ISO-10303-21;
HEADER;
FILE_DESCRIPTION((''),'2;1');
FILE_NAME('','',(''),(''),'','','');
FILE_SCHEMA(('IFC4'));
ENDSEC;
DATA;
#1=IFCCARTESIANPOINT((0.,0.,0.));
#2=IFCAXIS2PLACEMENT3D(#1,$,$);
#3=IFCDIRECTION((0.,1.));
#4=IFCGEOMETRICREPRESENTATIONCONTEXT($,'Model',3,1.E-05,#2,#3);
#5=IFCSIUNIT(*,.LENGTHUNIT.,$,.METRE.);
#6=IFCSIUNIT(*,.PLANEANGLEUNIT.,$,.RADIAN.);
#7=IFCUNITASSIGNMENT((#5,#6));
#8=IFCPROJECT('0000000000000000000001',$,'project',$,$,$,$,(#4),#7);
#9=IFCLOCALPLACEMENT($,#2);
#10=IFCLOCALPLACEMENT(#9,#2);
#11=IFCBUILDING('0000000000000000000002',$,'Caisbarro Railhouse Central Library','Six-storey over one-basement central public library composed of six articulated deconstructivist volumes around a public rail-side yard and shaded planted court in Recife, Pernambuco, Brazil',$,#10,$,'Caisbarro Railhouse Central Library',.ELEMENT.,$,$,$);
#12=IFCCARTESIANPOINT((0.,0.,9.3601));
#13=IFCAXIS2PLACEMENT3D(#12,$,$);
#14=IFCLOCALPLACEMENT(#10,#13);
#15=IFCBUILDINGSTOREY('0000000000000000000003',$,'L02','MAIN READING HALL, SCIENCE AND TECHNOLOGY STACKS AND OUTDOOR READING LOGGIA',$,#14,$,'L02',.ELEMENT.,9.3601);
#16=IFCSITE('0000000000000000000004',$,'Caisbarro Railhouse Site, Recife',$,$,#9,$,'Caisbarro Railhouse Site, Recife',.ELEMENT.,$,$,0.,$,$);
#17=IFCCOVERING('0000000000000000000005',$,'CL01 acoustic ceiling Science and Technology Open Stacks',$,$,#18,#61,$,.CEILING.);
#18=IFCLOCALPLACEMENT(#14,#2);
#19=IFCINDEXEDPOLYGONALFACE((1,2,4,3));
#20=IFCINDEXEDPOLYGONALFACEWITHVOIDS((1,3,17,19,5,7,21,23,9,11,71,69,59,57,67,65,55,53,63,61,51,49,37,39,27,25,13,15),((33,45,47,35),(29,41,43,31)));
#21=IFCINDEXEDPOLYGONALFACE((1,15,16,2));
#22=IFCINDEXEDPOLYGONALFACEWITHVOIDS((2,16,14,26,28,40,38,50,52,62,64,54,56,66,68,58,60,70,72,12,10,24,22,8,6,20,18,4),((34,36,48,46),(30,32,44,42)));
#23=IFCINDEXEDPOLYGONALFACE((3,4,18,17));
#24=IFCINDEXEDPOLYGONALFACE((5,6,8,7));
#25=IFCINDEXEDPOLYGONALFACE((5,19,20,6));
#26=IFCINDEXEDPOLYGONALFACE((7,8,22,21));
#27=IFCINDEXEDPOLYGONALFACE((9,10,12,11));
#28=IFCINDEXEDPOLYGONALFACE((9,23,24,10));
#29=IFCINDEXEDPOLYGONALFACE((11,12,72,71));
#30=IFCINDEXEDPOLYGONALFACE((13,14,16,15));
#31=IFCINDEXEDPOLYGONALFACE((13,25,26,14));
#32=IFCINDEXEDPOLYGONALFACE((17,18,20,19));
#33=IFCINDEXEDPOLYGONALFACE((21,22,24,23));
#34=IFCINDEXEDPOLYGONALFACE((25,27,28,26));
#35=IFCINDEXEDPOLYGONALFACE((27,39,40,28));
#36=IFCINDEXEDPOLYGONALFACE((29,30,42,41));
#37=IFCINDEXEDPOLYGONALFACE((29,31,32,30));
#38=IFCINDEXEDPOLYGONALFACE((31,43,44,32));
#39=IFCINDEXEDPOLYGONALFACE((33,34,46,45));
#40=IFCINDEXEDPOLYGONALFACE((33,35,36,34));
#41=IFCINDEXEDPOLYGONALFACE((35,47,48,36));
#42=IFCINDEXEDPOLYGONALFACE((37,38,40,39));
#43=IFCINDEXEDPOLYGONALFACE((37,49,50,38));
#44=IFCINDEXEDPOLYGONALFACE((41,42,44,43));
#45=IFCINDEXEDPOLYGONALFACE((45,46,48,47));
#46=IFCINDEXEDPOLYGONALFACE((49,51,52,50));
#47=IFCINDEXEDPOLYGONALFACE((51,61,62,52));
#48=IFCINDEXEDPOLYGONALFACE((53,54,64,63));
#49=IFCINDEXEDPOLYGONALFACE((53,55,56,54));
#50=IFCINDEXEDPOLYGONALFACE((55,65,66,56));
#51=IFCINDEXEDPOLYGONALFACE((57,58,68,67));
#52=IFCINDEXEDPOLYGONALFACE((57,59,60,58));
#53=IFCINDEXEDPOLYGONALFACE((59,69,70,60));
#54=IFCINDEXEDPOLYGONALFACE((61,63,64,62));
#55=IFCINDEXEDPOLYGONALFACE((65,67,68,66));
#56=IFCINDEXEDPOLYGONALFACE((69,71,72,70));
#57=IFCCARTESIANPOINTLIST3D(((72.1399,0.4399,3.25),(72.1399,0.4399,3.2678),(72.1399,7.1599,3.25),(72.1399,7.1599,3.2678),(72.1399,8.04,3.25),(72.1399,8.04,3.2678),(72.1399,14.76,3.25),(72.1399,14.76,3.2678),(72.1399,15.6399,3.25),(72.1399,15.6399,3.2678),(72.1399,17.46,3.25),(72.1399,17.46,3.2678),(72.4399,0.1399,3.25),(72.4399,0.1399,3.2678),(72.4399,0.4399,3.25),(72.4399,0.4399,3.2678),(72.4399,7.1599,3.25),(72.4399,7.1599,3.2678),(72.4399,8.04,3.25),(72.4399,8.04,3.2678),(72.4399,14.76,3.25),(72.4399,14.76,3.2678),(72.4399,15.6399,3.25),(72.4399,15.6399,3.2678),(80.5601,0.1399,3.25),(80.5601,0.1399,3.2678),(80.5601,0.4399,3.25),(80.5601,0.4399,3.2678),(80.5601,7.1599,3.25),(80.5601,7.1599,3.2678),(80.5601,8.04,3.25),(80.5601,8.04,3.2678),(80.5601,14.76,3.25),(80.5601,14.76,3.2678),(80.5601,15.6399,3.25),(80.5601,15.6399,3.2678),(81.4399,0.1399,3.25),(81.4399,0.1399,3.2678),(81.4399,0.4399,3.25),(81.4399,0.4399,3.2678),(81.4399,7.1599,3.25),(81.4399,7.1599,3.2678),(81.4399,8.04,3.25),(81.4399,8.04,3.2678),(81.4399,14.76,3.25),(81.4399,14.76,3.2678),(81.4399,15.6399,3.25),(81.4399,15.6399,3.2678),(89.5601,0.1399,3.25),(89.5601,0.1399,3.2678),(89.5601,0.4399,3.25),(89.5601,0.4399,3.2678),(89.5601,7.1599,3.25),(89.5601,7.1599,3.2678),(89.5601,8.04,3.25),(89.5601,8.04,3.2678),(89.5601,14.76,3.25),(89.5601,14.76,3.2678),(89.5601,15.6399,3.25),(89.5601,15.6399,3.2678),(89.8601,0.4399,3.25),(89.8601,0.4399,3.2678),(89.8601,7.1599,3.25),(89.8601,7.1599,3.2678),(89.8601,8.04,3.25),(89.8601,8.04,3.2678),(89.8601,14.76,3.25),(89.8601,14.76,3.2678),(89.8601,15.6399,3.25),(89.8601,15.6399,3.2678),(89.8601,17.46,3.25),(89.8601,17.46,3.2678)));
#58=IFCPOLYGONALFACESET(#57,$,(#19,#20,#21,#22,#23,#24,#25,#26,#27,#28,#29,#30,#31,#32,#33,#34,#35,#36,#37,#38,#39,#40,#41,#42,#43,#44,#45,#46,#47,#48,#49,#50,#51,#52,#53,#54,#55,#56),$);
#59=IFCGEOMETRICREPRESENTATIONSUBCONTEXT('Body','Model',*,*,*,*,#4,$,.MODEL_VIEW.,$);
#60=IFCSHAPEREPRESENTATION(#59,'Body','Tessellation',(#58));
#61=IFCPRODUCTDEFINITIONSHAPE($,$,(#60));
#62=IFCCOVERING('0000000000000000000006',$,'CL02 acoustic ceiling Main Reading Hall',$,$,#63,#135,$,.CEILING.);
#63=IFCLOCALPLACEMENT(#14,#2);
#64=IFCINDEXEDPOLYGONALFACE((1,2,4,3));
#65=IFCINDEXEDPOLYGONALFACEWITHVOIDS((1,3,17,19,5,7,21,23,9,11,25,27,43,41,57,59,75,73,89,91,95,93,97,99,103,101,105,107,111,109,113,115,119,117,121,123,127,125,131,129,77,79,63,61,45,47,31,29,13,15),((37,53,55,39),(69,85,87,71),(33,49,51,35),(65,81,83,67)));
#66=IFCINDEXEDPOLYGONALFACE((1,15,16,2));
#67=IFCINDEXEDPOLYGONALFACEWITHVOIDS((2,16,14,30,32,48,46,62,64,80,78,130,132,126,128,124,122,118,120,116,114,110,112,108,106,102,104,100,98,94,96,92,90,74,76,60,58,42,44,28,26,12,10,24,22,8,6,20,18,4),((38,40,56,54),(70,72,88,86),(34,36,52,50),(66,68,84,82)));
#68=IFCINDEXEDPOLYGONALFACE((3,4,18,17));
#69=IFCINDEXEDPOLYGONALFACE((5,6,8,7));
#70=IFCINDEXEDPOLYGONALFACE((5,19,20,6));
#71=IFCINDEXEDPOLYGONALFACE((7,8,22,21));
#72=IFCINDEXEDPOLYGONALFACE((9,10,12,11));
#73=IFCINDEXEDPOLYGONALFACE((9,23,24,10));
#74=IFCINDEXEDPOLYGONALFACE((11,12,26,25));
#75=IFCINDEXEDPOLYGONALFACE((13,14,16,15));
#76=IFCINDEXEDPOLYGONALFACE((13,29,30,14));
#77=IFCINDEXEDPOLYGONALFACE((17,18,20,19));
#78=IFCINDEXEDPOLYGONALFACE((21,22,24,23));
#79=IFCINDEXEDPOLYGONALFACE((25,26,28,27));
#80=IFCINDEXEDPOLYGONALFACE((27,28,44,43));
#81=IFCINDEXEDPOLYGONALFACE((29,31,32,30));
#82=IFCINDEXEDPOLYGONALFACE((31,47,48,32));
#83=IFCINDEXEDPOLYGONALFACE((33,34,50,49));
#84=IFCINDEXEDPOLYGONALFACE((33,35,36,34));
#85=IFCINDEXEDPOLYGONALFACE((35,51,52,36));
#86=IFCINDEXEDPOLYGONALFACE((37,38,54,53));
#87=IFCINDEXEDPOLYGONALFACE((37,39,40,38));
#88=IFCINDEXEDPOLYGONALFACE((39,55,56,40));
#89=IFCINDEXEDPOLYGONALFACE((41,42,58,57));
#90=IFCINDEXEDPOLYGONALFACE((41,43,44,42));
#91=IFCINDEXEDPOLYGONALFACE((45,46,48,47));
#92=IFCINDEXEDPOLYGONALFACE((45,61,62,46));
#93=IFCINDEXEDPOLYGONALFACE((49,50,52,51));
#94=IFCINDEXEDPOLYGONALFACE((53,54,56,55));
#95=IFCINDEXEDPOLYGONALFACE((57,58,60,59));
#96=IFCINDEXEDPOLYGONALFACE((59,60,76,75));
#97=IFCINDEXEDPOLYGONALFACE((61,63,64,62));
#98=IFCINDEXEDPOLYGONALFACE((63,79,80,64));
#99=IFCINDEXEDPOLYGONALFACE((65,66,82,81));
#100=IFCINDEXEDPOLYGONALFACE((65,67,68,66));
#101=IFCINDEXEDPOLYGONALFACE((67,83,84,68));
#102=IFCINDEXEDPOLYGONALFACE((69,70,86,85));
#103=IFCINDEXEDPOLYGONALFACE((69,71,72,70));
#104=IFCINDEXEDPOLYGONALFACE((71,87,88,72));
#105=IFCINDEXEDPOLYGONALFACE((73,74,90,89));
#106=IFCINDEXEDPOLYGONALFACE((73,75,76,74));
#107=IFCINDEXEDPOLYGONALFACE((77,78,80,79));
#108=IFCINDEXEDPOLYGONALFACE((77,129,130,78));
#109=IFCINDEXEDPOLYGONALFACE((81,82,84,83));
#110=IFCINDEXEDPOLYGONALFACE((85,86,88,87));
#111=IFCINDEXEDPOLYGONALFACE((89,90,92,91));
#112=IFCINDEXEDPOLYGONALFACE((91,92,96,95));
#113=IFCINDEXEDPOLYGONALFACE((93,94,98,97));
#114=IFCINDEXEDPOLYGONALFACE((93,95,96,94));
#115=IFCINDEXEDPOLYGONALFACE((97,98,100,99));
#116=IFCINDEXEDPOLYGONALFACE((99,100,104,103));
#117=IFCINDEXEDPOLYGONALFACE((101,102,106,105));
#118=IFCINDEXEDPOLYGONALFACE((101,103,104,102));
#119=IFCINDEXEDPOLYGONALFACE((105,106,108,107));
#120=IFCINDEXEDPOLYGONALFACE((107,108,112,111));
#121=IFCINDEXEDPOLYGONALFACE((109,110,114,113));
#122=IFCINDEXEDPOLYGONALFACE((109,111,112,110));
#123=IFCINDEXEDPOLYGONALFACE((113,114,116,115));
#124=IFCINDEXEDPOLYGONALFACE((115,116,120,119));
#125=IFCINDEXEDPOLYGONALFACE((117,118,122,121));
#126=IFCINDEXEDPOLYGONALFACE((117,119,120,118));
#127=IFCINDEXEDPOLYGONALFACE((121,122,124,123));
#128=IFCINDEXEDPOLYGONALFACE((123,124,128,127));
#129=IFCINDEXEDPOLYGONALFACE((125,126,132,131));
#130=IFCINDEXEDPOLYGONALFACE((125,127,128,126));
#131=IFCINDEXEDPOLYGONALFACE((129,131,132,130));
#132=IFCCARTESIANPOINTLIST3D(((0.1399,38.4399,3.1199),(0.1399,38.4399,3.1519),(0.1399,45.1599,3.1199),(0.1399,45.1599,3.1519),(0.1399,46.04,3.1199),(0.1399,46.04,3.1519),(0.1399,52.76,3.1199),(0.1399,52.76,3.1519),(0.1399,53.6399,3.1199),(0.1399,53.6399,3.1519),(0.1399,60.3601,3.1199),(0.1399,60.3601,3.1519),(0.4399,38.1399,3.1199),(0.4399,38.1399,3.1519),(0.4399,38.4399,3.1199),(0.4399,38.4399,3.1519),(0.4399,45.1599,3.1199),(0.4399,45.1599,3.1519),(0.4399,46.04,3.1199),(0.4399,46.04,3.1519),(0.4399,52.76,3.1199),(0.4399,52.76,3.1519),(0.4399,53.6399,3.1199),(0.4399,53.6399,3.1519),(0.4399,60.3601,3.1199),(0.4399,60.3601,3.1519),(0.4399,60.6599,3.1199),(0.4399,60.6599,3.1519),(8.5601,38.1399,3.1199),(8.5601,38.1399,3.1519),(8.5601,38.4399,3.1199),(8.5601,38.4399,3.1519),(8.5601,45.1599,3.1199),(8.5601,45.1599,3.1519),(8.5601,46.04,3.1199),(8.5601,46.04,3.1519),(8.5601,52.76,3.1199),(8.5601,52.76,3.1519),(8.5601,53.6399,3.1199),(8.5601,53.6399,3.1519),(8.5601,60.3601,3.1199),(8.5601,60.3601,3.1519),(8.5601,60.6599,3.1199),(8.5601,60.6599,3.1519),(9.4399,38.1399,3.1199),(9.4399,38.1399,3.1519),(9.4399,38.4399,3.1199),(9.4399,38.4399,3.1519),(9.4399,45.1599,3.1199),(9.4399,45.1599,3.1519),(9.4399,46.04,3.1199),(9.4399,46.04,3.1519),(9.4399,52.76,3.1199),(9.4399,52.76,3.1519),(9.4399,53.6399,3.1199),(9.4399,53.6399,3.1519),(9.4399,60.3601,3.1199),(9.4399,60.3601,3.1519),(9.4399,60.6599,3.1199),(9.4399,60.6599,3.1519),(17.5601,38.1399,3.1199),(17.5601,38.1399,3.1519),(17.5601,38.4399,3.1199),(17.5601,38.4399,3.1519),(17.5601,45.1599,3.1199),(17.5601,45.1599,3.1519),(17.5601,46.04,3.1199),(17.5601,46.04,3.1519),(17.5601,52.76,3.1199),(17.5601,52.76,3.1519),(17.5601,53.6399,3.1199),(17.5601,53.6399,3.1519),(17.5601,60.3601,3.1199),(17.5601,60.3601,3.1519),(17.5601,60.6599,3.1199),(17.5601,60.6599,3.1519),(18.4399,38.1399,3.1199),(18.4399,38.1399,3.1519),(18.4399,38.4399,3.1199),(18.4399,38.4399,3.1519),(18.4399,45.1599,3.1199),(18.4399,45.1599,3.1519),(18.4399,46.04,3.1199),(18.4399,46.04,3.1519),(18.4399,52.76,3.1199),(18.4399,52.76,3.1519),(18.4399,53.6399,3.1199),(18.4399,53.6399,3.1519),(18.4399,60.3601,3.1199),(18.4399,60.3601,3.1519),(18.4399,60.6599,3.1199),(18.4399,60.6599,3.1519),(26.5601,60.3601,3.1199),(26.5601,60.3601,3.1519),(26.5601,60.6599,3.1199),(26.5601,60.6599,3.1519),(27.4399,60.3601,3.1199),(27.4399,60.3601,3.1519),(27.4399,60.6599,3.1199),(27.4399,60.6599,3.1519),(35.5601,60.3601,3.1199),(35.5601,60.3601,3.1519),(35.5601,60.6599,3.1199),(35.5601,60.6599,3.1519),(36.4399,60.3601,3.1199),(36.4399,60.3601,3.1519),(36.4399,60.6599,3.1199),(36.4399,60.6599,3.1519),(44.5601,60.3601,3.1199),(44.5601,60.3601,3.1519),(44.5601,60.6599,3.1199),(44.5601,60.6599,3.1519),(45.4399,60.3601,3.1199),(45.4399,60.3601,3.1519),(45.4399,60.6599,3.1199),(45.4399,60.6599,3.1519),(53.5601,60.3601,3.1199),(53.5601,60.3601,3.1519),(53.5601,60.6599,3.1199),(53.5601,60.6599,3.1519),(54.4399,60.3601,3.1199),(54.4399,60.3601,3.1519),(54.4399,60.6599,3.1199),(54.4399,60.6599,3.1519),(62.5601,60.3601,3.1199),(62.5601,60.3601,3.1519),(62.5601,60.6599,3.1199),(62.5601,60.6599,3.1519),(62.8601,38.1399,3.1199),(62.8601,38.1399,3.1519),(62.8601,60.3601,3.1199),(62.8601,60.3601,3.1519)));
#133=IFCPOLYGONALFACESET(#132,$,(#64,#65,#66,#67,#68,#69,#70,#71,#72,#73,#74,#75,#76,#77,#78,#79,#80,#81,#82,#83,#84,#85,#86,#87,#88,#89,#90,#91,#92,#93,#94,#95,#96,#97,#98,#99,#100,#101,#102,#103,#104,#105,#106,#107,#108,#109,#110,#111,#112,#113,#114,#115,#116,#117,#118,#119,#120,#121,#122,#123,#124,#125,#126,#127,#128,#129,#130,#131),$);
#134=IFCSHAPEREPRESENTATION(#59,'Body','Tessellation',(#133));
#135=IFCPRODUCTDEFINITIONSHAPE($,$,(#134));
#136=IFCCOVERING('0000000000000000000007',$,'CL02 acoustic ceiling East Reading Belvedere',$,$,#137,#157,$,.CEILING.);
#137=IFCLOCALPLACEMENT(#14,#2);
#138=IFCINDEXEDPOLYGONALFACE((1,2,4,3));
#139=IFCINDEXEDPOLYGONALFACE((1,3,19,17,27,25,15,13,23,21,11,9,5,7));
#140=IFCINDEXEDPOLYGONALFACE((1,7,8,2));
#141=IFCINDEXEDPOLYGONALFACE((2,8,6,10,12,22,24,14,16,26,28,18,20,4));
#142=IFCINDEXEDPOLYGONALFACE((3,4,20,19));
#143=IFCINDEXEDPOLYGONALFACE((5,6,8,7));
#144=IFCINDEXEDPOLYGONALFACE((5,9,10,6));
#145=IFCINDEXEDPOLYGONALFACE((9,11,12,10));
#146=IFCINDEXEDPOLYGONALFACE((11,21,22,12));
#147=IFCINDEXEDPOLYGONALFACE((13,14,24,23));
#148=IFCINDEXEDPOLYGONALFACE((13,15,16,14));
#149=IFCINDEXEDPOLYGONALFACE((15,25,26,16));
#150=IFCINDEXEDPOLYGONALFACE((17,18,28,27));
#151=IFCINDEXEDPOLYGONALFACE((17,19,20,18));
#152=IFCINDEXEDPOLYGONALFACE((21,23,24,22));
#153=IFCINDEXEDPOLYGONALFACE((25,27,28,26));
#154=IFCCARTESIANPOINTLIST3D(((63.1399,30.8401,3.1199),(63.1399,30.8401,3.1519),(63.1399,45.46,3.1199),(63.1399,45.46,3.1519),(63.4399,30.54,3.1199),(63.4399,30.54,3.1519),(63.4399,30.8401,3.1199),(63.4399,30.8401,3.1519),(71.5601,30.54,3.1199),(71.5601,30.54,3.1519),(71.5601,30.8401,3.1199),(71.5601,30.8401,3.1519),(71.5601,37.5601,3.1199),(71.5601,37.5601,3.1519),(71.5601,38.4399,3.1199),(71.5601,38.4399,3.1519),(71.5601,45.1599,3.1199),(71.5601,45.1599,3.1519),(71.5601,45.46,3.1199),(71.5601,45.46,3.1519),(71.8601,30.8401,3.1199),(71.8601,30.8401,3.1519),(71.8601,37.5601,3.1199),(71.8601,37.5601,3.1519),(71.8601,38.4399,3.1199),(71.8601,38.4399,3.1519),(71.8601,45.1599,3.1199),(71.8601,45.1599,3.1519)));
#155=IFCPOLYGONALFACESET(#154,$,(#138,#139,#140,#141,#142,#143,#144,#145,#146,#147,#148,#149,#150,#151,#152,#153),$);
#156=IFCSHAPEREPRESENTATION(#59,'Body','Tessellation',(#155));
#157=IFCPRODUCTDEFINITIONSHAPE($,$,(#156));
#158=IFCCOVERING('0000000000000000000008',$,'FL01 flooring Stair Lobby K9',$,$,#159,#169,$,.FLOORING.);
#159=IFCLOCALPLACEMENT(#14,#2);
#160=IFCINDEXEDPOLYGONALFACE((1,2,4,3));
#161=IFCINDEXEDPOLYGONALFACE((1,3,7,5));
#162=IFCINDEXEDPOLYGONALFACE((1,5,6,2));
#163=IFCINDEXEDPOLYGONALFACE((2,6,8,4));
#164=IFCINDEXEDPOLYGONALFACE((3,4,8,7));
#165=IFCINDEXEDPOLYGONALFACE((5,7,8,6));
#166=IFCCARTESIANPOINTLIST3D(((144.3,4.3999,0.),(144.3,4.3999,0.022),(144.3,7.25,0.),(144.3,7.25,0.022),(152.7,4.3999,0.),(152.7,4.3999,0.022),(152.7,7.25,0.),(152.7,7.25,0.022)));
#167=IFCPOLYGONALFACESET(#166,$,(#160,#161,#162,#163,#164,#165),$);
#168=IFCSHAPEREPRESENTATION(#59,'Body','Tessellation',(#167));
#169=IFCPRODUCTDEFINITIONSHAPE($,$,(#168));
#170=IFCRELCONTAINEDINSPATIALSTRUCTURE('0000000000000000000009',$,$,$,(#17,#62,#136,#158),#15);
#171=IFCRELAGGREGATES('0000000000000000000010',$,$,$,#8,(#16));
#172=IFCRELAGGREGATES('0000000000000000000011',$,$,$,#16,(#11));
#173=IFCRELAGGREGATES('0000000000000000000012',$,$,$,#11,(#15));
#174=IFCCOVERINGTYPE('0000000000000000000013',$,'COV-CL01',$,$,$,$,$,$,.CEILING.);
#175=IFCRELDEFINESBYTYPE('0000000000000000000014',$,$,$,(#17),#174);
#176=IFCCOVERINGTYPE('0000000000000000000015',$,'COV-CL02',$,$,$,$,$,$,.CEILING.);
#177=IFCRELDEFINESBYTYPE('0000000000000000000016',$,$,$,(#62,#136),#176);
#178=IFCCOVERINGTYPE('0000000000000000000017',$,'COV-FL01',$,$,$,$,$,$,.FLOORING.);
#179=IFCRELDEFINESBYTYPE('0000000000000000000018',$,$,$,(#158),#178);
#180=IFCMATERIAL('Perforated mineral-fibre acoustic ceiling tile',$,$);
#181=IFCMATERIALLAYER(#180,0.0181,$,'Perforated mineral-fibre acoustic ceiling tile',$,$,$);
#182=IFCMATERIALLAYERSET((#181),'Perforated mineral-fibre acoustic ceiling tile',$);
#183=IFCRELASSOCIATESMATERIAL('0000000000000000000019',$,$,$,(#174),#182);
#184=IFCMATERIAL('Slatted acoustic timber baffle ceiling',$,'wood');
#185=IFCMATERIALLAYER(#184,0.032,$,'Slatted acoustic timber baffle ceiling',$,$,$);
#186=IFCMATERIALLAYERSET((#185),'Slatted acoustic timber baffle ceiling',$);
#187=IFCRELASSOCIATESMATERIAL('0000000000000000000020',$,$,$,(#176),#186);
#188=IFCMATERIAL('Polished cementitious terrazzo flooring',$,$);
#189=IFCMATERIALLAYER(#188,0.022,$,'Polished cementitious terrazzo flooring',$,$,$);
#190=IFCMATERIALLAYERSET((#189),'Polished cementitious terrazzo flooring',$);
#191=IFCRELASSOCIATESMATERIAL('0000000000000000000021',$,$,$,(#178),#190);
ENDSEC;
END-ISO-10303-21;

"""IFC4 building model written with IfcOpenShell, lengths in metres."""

from ifc_helpers import new_model, si_unit, direction, frame, origin, place, context, subcontext, project, spatial, polyline, outline, extrude, material, layer, layer_set, type_object, element, save


model = new_model("IFC4")

# Units and contexts
model_context = context("Model", 3, precision=1e-05, world=origin(), true_north=direction((0.0, 1.0)))
body_context = subcontext(model_context, "Body", "Model", "MODEL_VIEW")
ifc_project = project(units=[si_unit("LENGTHUNIT", "METRE"), si_unit("PLANEANGLEUNIT", "RADIAN")], contexts=[model_context])

# Site, building, storey
site_placement = place(None, origin())
site = spatial("IfcSite", under=ifc_project, at=site_placement, Name="Caisbarro Railhouse Site, Recife", LongName="Caisbarro Railhouse Site, Recife", CompositionType="ELEMENT", RefElevation=0.0)
building_placement = place(site_placement, origin())
building = spatial("IfcBuilding", under=site, at=building_placement, Name="Caisbarro Railhouse Central Library", Description="Six-storey over one-basement central public library composed of six articulated deconstructivist volumes around a public rail-side yard and shaded planted court in Recife, Pernambuco, Brazil", LongName="Caisbarro Railhouse Central Library", CompositionType="ELEMENT")
storey_placement = place(building_placement, frame((0.0, 0.0, 9.3601)))
storey = spatial("IfcBuildingStorey", under=building, at=storey_placement, Name="L02", Description="MAIN READING HALL, SCIENCE AND TECHNOLOGY STACKS AND OUTDOOR READING LOGGIA", LongName="L02", CompositionType="ELEMENT", Elevation=9.3601)

# Coverings
ifc_material_1 = material(Name="Perforated mineral-fibre acoustic ceiling tile")
ifc_layer_1 = layer(ifc_material_1, 0.0181, Name="Perforated mineral-fibre acoustic ceiling tile")
ifc_layer_set_1 = layer_set([ifc_layer_1], Name="Perforated mineral-fibre acoustic ceiling tile")
covering_type_1 = type_object("IfcCoveringType", Name="COV-CL01", PredefinedType="CEILING", material=ifc_layer_set_1)
covering_1_placement = place(storey_placement, frame((0.0, 0.0, 3.25)))
element("IfcCovering", 1, at=covering_1_placement, inside=storey, type_object=covering_type_1, Name="CL01 acoustic ceiling Science and Technology Open Stacks", PredefinedType="CEILING", context=body_context, shape_type="SweptSolid", body=[
    extrude(outline(polyline([(72.4399, 0.4399), (72.1399, 0.4399), (72.1399, 7.1599), (72.4399, 7.1599), (72.4399, 8.04), (72.1399, 8.04), (72.1399, 14.76), (72.4399, 14.76), (72.4399, 15.6399), (72.1399, 15.6399), (72.1399, 17.46), (89.8601, 17.46), (89.8601, 15.6399), (89.5601, 15.6399), (89.5601, 14.76), (89.8601, 14.76), (89.8601, 8.04), (89.5601, 8.04), (89.5601, 7.1599), (89.8601, 7.1599), (89.8601, 0.4399), (89.5601, 0.4399), (89.5601, 0.1399), (81.4399, 0.1399), (81.4399, 0.4399), (80.5601, 0.4399), (80.5601, 0.1399), (72.4399, 0.1399), (72.4399, 0.4399)]), holes=[polyline([(81.4399, 8.04), (80.5601, 8.04), (80.5601, 7.1599), (81.4399, 7.1599), (81.4399, 8.04)]), polyline([(81.4399, 14.76), (81.4399, 15.6399), (80.5601, 15.6399), (80.5601, 14.76), (81.4399, 14.76)])]), origin(), (0.0, 0.0, 1.0), 0.0178),
])
ifc_material_2 = material(Name="Slatted acoustic timber baffle ceiling", Category="wood")
ifc_layer_2 = layer(ifc_material_2, 0.032, Name="Slatted acoustic timber baffle ceiling")
ifc_layer_set_2 = layer_set([ifc_layer_2], Name="Slatted acoustic timber baffle ceiling")
covering_type_2 = type_object("IfcCoveringType", Name="COV-CL02", PredefinedType="CEILING", material=ifc_layer_set_2)
covering_2_placement = place(storey_placement, frame((0.0, 0.0, 3.1199)))
element("IfcCovering", 2, at=covering_2_placement, inside=storey, type_object=covering_type_2, Name="CL02 acoustic ceiling Main Reading Hall", PredefinedType="CEILING", context=body_context, shape_type="SweptSolid", body=[
    extrude(outline(polyline([(0.4399, 60.6599), (8.5601, 60.6599), (8.5601, 60.3601), (9.4399, 60.3601), (9.4399, 60.6599), (17.5601, 60.6599), (17.5601, 60.3601), (18.4399, 60.3601), (18.4399, 60.6599), (26.5601, 60.6599), (26.5601, 60.3601), (27.4399, 60.3601), (27.4399, 60.6599), (35.5601, 60.6599), (35.5601, 60.3601), (36.4399, 60.3601), (36.4399, 60.6599), (44.5601, 60.6599), (44.5601, 60.3601), (45.4399, 60.3601), (45.4399, 60.6599), (53.5601, 60.6599), (53.5601, 60.3601), (54.4399, 60.3601), (54.4399, 60.6599), (62.5601, 60.6599), (62.5601, 60.3601), (62.8601, 60.3601), (62.8601, 38.1399), (18.4399, 38.1399), (18.4399, 38.4399), (17.5601, 38.4399), (17.5601, 38.1399), (9.4399, 38.1399), (9.4399, 38.4399), (8.5601, 38.4399), (8.5601, 38.1399), (0.4399, 38.1399), (0.4399, 38.4399), (0.1399, 38.4399), (0.1399, 45.1599), (0.4399, 45.1599), (0.4399, 46.04), (0.1399, 46.04), (0.1399, 52.76), (0.4399, 52.76), (0.4399, 53.6399), (0.1399, 53.6399), (0.1399, 60.3601), (0.4399, 60.3601), (0.4399, 60.6599)]), holes=[polyline([(9.4399, 45.1599), (9.4399, 46.04), (8.5601, 46.04), (8.5601, 45.1599), (9.4399, 45.1599)]), polyline([(8.5601, 52.76), (9.4399, 52.76), (9.4399, 53.6399), (8.5601, 53.6399), (8.5601, 52.76)]), polyline([(18.4399, 45.1599), (18.4399, 46.04), (17.5601, 46.04), (17.5601, 45.1599), (18.4399, 45.1599)]), polyline([(17.5601, 52.76), (18.4399, 52.76), (18.4399, 53.6399), (17.5601, 53.6399), (17.5601, 52.76)])]), origin(), (0.0, 0.0, 1.0), 0.032),
])
covering_3_placement = place(storey_placement, frame((0.0, 0.0, 3.1199)))
element("IfcCovering", 3, at=covering_3_placement, inside=storey, type_object=covering_type_2, Name="CL02 acoustic ceiling East Reading Belvedere", PredefinedType="CEILING", context=body_context, shape_type="SweptSolid", body=[
    extrude(outline(polyline([(71.5601, 38.4399), (71.5601, 37.5601), (71.8601, 37.5601), (71.8601, 30.8401), (71.5601, 30.8401), (71.5601, 30.54), (63.4399, 30.54), (63.4399, 30.8401), (63.1399, 30.8401), (63.1399, 45.46), (71.5601, 45.46), (71.5601, 45.1599), (71.8601, 45.1599), (71.8601, 38.4399), (71.5601, 38.4399)])), origin(), (0.0, 0.0, 1.0), 0.032),
])
ifc_material_3 = material(Name="Polished cementitious terrazzo flooring")
ifc_layer_3 = layer(ifc_material_3, 0.022, Name="Polished cementitious terrazzo flooring")
ifc_layer_set_3 = layer_set([ifc_layer_3], Name="Polished cementitious terrazzo flooring")
covering_type_3 = type_object("IfcCoveringType", Name="COV-FL01", PredefinedType="FLOORING", material=ifc_layer_set_3)
covering_4_placement = place(storey_placement, origin())
element("IfcCovering", 4, at=covering_4_placement, inside=storey, type_object=covering_type_3, Name="FL01 flooring Stair Lobby K9", PredefinedType="FLOORING", context=body_context, shape_type="SweptSolid", body=[
    extrude(outline(polyline([(144.3, 4.3999), (152.7, 4.3999), (152.7, 7.25), (144.3, 7.25), (144.3, 4.3999)])), origin(), (0.0, 0.0, 1.0), 0.022),
])

save(model, "model.ifc")
